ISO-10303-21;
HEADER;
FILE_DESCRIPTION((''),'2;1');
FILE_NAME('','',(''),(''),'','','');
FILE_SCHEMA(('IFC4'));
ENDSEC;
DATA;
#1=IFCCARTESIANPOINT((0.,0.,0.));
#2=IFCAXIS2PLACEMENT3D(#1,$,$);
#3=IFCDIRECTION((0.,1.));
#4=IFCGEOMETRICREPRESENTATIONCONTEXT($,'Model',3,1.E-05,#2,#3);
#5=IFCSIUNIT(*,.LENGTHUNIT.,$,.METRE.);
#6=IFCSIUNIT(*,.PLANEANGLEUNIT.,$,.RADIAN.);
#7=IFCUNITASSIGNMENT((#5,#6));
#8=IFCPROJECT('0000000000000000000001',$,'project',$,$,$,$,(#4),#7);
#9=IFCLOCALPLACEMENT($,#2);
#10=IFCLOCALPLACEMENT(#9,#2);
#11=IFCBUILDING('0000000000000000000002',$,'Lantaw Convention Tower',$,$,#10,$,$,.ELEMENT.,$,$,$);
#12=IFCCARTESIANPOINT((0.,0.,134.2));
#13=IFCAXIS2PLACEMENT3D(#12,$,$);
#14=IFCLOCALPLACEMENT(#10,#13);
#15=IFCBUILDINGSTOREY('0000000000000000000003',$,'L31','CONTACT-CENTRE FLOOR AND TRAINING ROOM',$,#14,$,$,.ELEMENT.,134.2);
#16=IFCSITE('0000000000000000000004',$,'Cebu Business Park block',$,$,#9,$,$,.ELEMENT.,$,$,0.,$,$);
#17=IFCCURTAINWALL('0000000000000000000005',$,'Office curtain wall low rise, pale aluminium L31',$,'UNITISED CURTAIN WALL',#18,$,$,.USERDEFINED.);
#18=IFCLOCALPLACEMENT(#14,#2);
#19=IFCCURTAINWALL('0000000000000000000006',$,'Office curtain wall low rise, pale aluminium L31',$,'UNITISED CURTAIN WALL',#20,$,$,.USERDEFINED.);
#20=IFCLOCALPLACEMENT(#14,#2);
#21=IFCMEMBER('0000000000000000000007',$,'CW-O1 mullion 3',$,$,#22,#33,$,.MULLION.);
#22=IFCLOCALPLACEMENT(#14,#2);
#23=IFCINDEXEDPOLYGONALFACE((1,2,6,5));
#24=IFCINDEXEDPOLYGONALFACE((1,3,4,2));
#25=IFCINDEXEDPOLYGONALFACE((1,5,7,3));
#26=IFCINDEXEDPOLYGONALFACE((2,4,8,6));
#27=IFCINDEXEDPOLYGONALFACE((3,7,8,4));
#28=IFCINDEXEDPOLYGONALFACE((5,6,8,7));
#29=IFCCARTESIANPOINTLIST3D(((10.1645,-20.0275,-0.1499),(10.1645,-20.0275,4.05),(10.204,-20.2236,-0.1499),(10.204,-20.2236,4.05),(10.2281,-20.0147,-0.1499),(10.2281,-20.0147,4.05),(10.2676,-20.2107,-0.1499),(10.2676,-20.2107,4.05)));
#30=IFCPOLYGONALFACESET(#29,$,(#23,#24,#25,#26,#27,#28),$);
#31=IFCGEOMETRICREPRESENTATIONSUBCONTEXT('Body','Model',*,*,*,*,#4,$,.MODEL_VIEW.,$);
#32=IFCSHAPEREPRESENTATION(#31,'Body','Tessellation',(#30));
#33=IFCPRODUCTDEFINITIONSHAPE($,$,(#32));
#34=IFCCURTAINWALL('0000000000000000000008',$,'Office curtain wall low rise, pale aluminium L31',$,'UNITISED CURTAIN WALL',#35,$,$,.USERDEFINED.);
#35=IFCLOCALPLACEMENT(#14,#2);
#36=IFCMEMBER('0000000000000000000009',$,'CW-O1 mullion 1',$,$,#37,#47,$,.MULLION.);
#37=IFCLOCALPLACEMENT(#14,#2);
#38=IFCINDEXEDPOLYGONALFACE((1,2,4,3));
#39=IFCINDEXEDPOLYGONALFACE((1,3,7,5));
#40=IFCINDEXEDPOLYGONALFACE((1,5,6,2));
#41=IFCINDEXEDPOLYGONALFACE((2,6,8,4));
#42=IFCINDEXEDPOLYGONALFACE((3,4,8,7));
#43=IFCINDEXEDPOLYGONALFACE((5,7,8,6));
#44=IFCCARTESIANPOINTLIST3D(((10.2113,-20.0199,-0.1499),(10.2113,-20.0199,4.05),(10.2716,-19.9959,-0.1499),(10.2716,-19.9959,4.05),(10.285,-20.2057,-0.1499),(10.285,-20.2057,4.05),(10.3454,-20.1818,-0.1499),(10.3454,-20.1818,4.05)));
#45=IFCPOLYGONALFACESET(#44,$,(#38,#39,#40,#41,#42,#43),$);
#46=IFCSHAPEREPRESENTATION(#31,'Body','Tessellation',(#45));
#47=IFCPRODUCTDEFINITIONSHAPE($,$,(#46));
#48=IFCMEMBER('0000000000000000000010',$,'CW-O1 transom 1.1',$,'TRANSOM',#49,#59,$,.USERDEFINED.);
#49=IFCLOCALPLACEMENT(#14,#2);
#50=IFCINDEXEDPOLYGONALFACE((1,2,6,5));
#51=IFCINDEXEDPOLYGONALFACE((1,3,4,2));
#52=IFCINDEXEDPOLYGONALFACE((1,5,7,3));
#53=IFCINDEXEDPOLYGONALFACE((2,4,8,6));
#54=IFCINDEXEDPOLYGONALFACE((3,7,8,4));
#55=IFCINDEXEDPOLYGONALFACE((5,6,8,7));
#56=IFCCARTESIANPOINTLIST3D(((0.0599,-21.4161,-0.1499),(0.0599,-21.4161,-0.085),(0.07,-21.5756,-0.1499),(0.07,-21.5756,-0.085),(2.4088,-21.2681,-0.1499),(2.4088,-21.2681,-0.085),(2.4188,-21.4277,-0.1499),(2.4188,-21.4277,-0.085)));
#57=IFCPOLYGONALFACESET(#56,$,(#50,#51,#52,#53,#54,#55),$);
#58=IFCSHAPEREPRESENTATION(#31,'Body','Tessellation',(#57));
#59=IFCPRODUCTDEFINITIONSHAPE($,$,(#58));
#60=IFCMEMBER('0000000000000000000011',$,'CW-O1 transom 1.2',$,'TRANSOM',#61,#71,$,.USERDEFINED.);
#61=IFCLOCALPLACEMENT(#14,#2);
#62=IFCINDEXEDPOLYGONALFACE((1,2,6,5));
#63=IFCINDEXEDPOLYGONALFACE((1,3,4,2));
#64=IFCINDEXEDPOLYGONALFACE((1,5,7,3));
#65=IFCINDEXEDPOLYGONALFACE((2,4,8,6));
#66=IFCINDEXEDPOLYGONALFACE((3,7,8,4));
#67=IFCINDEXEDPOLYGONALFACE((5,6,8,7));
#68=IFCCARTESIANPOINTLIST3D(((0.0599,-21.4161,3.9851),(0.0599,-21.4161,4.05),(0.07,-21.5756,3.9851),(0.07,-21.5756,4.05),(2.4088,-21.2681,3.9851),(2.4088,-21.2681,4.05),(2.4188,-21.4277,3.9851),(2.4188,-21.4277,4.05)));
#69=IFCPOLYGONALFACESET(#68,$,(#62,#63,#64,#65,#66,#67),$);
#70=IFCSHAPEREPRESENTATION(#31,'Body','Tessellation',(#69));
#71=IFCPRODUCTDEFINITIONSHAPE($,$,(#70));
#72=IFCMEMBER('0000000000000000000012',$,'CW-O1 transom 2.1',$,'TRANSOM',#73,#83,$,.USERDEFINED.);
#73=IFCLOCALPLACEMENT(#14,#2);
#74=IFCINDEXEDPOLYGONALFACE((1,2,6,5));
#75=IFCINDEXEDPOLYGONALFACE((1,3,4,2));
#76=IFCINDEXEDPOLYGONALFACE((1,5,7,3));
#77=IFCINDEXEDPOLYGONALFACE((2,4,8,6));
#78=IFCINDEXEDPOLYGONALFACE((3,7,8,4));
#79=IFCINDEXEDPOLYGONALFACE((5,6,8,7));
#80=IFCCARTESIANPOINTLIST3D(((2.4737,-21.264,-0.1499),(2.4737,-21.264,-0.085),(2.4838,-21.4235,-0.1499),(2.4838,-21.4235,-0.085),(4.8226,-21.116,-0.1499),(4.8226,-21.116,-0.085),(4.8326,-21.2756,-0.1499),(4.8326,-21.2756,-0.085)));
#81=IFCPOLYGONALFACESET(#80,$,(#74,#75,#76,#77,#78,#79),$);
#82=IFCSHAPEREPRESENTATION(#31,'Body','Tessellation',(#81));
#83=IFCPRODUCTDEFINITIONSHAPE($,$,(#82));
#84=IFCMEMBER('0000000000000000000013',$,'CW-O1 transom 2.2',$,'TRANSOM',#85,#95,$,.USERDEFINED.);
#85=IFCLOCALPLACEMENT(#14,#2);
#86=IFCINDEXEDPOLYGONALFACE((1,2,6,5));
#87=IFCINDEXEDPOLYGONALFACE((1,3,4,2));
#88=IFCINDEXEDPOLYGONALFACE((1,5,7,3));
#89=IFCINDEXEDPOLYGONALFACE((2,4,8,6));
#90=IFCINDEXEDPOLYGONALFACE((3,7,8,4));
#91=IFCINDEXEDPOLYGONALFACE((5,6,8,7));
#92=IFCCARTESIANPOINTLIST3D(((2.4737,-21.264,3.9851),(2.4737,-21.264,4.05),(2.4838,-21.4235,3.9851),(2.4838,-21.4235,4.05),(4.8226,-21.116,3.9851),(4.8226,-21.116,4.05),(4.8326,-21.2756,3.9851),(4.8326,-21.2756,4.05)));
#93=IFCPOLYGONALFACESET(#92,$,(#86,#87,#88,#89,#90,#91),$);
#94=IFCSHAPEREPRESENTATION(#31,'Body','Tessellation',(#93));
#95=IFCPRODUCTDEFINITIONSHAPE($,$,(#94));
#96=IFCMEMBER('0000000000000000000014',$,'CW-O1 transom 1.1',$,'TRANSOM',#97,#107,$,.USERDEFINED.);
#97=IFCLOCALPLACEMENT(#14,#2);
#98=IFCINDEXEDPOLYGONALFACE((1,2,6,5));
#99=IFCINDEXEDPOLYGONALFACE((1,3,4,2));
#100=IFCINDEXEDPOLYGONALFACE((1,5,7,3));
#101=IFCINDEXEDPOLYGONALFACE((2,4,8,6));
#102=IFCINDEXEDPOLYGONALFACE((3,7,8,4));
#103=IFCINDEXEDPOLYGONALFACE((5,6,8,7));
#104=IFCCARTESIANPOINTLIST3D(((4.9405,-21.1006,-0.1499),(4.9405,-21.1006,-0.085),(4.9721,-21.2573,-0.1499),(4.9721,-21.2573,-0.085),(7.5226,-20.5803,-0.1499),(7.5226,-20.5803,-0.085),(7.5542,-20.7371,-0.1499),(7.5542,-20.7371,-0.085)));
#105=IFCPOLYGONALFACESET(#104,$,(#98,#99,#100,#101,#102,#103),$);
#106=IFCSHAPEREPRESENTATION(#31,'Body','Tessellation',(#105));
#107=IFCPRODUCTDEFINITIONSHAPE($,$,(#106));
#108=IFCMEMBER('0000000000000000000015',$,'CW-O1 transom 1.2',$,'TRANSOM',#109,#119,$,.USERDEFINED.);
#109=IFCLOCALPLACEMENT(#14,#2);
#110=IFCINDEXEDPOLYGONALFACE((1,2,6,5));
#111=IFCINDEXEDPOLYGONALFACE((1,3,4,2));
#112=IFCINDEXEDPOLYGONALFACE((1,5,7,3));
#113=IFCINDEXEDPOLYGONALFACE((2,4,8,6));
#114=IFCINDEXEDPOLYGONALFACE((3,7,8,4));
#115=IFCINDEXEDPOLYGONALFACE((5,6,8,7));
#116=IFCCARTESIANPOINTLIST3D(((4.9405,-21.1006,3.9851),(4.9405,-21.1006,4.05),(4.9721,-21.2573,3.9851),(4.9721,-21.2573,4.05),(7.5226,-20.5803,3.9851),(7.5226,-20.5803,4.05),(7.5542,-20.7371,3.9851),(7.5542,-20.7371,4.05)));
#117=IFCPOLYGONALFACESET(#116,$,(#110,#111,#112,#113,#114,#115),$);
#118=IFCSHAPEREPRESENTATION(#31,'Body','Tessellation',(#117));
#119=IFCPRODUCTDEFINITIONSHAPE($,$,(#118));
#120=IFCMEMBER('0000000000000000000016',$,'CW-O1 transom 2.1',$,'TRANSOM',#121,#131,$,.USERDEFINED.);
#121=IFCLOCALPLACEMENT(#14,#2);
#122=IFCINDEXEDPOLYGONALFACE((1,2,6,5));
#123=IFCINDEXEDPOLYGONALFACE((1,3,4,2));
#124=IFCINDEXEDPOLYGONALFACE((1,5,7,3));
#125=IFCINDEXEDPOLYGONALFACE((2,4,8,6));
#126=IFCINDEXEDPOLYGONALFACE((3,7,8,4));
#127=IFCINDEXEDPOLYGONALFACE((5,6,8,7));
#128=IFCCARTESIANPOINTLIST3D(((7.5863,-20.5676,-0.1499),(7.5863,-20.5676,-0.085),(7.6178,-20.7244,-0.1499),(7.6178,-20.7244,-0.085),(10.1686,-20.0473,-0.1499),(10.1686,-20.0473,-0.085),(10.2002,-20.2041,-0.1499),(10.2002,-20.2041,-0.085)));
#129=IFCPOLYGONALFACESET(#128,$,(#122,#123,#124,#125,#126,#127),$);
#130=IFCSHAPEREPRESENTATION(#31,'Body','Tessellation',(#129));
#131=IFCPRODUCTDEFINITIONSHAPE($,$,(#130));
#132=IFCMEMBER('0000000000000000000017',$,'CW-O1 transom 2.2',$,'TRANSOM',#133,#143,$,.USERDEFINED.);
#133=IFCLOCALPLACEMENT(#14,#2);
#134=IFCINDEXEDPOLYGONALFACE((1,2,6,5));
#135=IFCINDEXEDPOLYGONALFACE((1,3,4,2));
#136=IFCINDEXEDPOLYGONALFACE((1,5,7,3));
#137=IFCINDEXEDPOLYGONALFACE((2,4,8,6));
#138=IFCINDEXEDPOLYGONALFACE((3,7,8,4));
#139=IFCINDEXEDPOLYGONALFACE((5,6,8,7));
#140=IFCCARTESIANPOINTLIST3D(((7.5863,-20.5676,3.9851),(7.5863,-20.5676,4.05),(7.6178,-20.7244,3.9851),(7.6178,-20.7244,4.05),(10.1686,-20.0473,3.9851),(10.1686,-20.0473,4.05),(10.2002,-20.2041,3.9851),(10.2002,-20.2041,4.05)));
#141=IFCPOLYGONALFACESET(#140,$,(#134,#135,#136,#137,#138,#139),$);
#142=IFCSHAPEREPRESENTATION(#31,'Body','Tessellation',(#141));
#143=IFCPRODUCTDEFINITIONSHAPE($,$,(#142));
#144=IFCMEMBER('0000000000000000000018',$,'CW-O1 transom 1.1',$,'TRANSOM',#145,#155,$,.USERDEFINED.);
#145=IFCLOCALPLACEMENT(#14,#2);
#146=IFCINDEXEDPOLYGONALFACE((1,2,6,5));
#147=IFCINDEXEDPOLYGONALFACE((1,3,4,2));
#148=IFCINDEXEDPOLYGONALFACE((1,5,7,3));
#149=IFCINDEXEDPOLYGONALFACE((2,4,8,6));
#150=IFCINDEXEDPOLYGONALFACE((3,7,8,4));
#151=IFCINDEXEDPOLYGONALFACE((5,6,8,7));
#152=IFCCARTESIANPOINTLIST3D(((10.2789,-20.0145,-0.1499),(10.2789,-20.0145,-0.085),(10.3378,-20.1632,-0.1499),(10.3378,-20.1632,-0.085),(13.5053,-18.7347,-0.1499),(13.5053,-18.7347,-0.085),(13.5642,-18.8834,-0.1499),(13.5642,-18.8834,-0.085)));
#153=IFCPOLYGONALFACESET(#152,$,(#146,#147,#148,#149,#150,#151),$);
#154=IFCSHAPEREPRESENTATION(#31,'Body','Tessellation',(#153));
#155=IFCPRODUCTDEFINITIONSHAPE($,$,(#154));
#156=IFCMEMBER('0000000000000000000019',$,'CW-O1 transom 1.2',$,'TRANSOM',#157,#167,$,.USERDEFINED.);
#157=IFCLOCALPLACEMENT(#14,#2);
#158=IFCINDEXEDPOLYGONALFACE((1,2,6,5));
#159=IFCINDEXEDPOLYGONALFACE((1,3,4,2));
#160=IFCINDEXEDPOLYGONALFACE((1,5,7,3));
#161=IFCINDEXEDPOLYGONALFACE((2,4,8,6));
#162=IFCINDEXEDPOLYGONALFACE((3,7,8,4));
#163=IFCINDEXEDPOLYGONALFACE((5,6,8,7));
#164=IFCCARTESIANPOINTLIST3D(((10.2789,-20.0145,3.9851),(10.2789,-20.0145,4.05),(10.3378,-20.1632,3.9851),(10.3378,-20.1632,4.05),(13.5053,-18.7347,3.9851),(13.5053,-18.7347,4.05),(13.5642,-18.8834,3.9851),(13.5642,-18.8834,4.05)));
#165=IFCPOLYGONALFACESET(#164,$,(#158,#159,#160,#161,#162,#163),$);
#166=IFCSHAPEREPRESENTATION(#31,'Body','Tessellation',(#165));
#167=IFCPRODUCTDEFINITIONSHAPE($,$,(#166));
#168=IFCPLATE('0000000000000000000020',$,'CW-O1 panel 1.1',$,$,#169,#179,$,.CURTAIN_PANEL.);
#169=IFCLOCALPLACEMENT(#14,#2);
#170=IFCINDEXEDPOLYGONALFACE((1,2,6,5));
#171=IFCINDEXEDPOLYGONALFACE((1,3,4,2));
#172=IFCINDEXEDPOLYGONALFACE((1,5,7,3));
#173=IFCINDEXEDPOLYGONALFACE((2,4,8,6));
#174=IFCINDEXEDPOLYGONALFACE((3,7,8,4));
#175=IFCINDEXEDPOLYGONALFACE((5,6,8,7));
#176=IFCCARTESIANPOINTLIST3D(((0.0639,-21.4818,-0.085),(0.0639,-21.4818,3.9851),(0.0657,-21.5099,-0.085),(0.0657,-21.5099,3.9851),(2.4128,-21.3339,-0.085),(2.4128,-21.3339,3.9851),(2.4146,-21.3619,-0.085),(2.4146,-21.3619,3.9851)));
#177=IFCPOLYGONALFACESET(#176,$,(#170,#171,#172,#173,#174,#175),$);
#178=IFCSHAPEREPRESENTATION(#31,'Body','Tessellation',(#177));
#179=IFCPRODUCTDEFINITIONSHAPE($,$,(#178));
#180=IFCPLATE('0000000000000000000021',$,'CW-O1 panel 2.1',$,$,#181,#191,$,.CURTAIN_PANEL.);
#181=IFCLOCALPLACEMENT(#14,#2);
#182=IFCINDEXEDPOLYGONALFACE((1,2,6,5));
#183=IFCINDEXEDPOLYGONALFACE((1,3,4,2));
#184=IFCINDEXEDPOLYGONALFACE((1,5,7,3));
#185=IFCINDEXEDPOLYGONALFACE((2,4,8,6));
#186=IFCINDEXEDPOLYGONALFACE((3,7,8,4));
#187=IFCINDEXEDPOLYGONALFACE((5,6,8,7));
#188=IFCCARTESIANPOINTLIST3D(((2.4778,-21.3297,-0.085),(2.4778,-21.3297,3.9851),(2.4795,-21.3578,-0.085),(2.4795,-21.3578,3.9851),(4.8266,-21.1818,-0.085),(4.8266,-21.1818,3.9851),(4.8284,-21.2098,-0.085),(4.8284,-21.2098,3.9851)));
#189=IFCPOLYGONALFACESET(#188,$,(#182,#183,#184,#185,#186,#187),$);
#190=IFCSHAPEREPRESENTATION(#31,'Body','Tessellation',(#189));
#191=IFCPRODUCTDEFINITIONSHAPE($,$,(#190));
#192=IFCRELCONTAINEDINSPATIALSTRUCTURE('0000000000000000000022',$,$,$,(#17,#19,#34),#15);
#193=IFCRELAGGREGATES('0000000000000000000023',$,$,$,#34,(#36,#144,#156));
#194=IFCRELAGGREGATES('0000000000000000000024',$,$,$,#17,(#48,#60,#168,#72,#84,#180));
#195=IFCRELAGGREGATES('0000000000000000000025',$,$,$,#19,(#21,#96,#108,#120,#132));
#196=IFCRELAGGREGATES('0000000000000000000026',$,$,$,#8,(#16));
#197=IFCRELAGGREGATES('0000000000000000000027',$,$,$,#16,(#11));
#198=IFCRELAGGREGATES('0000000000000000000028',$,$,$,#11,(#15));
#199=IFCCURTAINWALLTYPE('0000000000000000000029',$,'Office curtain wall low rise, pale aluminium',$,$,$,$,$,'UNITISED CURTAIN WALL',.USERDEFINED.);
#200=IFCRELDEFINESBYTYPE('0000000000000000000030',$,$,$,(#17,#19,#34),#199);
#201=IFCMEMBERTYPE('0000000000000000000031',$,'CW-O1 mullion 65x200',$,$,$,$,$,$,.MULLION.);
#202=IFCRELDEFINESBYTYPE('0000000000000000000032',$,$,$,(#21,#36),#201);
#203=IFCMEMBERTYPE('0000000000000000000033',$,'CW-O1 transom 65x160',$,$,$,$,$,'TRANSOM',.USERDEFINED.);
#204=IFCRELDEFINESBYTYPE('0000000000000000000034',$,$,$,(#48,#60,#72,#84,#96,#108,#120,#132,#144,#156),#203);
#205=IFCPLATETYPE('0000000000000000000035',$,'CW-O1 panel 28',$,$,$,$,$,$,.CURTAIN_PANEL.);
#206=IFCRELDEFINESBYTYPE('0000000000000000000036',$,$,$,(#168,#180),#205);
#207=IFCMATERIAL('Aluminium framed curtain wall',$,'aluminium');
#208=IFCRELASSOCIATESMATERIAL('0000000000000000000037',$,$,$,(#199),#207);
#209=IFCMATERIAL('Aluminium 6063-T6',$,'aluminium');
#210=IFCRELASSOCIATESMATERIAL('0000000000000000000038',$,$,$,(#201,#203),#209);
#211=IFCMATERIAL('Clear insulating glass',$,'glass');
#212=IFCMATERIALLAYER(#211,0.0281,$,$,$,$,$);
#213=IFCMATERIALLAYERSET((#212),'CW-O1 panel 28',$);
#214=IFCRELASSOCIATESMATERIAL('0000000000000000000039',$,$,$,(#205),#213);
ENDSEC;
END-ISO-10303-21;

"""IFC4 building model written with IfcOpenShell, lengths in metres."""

from ifc_helpers import new_model, si_unit, direction, frame, origin, origin_2d, place, context, subcontext, project, spatial, rectangle, extrude, material, layer, layer_set, material_profile, profile_set, type_object, element, aggregate, save


model = new_model("IFC4")

# Units and contexts
model_context = context("Model", 3, precision=1e-05, world=origin(), true_north=direction((0.0, 1.0)))
body_context = subcontext(model_context, "Body", "Model", "MODEL_VIEW")
ifc_project = project(units=[si_unit("LENGTHUNIT", "METRE"), si_unit("PLANEANGLEUNIT", "RADIAN")], contexts=[model_context])

# Site, building, storey
site_placement = place(None, origin())
site = spatial("IfcSite", under=ifc_project, at=site_placement, Name="Cebu Business Park block", CompositionType="ELEMENT", RefElevation=0.0)
building_placement = place(site_placement, origin())
building = spatial("IfcBuilding", under=site, at=building_placement, Name="Lantaw Convention Tower", CompositionType="ELEMENT")
storey_placement = place(building_placement, frame((0.0, 0.0, 134.2)))
storey = spatial("IfcBuildingStorey", under=building, at=storey_placement, Name="L31", Description="CONTACT-CENTRE FLOOR AND TRAINING ROOM", CompositionType="ELEMENT", Elevation=134.2)

# Curtain walls, member
ifc_material_1 = material(Name="Aluminium framed curtain wall", Category="aluminium")
curtain_wall_type = type_object("IfcCurtainWallType", Name="Office curtain wall low rise, pale aluminium", ElementType="UNITISED CURTAIN WALL", PredefinedType="USERDEFINED", material=ifc_material_1)
curtain_wall_1_placement = place(storey_placement, origin())
curtain_wall_1 = element("IfcCurtainWall", 1, at=curtain_wall_1_placement, inside=storey, type_object=curtain_wall_type, Name="Office curtain wall low rise, pale aluminium L31", ObjectType="UNITISED CURTAIN WALL", PredefinedType="USERDEFINED")
ifc_material_2 = material(Name="Aluminium 6063-T6", Category="aluminium")
ifc_material_profile_1 = material_profile(ifc_material_2, rectangle(XDim=0.2, YDim=0.0649, at=origin_2d()), Name="CW-O1 mullion 65x200")
ifc_profile_set_1 = profile_set([ifc_material_profile_1], Name="Aluminium 6063-T6")
member_type_1 = type_object("IfcMemberType", Name="CW-O1 mullion 65x200", PredefinedType="MULLION", material=ifc_profile_set_1)
curtain_wall_2_placement = place(storey_placement, origin())
curtain_wall_2 = element("IfcCurtainWall", 2, at=curtain_wall_2_placement, inside=storey, type_object=curtain_wall_type, Name="Office curtain wall low rise, pale aluminium L31", ObjectType="UNITISED CURTAIN WALL", PredefinedType="USERDEFINED")
member_1_placement = place(storey_placement, frame((10.2161, -20.1191, -0.1499), z_axis=(0.0, 0.0, 1.0), x_axis=(-0.197507, 0.980302, 0.0)))
member_1 = element("IfcMember", 3, at=member_1_placement, type_object=member_type_1, Name="CW-O1 mullion 3", PredefinedType="MULLION", context=body_context, shape_type="SweptSolid", body=[
    extrude(rectangle(XDim=0.2, YDim=0.0649, at=origin_2d()), origin(), (0.0, 0.0, 1.0), 4.2),
])

# Curtain wall, member
curtain_wall_3_placement = place(storey_placement, origin())
curtain_wall_3 = element("IfcCurtainWall", 4, at=curtain_wall_3_placement, inside=storey, type_object=curtain_wall_type, Name="Office curtain wall low rise, pale aluminium L31", ObjectType="UNITISED CURTAIN WALL", PredefinedType="USERDEFINED")
member_2_placement = place(storey_placement, frame((10.2783, -20.1008, -0.1499), z_axis=(0.0, 0.0, 1.0), x_axis=(-0.368702, 0.929548, 0.0)))
member_2 = element("IfcMember", 5, at=member_2_placement, type_object=member_type_1, Name="CW-O1 mullion 1", PredefinedType="MULLION", context=body_context, shape_type="SweptSolid", body=[
    extrude(rectangle(XDim=0.2, YDim=0.0649, at=origin_2d()), origin(), (0.0, 0.0, 1.0), 4.2),
])

# Members
ifc_material_profile_2 = material_profile(ifc_material_2, rectangle(XDim=0.1599, YDim=0.0649, at=origin_2d()), Name="CW-O1 transom 65x160")
ifc_profile_set_2 = profile_set([ifc_material_profile_2], Name="Aluminium 6063-T6")
member_type_2 = type_object("IfcMemberType", Name="CW-O1 transom 65x160", ElementType="TRANSOM", PredefinedType="USERDEFINED", material=ifc_profile_set_2)
member_3_placement = place(storey_placement, frame((0.0649, -21.4958, -0.1174), z_axis=(0.998022, 0.062863, 0.0), x_axis=(-0.062863, 0.998022, 0.0)))
member_3 = element("IfcMember", 6, at=member_3_placement, type_object=member_type_2, Name="CW-O1 transom 1.1", ObjectType="TRANSOM", PredefinedType="USERDEFINED", context=body_context, shape_type="SweptSolid", body=[
    extrude(rectangle(XDim=0.1599, YDim=0.0649, at=origin_2d()), origin(), (0.0, 0.0, 1.0), 2.3535),
])
member_4_placement = place(storey_placement, frame((0.0649, -21.4958, 4.0176), z_axis=(0.998022, 0.062863, 0.0), x_axis=(-0.062863, 0.998022, 0.0)))
member_4 = element("IfcMember", 7, at=member_4_placement, type_object=member_type_2, Name="CW-O1 transom 1.2", ObjectType="TRANSOM", PredefinedType="USERDEFINED", context=body_context, shape_type="SweptSolid", body=[
    extrude(rectangle(XDim=0.1599, YDim=0.0649, at=origin_2d()), origin(), (0.0, 0.0, 1.0), 2.3535),
])
member_5_placement = place(storey_placement, frame((2.4788, -21.3438, -0.1174), z_axis=(0.998022, 0.062863, 0.0), x_axis=(-0.062863, 0.998022, 0.0)))
member_5 = element("IfcMember", 8, at=member_5_placement, type_object=member_type_2, Name="CW-O1 transom 2.1", ObjectType="TRANSOM", PredefinedType="USERDEFINED", context=body_context, shape_type="SweptSolid", body=[
    extrude(rectangle(XDim=0.1599, YDim=0.0649, at=origin_2d()), origin(), (0.0, 0.0, 1.0), 2.3535),
])
member_6_placement = place(storey_placement, frame((2.4788, -21.3438, 4.0176), z_axis=(0.998022, 0.062863, 0.0), x_axis=(-0.062863, 0.998022, 0.0)))
member_6 = element("IfcMember", 9, at=member_6_placement, type_object=member_type_2, Name="CW-O1 transom 2.2", ObjectType="TRANSOM", PredefinedType="USERDEFINED", context=body_context, shape_type="SweptSolid", body=[
    extrude(rectangle(XDim=0.1599, YDim=0.0649, at=origin_2d()), origin(), (0.0, 0.0, 1.0), 2.3535),
])
member_7_placement = place(storey_placement, frame((4.9563, -21.179, -0.1174), z_axis=(0.980298, 0.197524, 0.0), x_axis=(-0.197524, 0.980298, 0.0)))
member_7 = element("IfcMember", 10, at=member_7_placement, type_object=member_type_2, Name="CW-O1 transom 1.1", ObjectType="TRANSOM", PredefinedType="USERDEFINED", context=body_context, shape_type="SweptSolid", body=[
    extrude(rectangle(XDim=0.1599, YDim=0.0649, at=origin_2d()), origin(), (0.0, 0.0, 1.0), 2.634),
])
member_8_placement = place(storey_placement, frame((4.9563, -21.179, 4.0176), z_axis=(0.980298, 0.197524, 0.0), x_axis=(-0.197524, 0.980298, 0.0)))
member_8 = element("IfcMember", 11, at=member_8_placement, type_object=member_type_2, Name="CW-O1 transom 1.2", ObjectType="TRANSOM", PredefinedType="USERDEFINED", context=body_context, shape_type="SweptSolid", body=[
    extrude(rectangle(XDim=0.1599, YDim=0.0649, at=origin_2d()), origin(), (0.0, 0.0, 1.0), 2.634),
])
member_9_placement = place(storey_placement, frame((7.6021, -20.646, -0.1174), z_axis=(0.980302, 0.197506, 0.0), x_axis=(-0.197506, 0.980302, 0.0)))
member_9 = element("IfcMember", 12, at=member_9_placement, type_object=member_type_2, Name="CW-O1 transom 2.1", ObjectType="TRANSOM", PredefinedType="USERDEFINED", context=body_context, shape_type="SweptSolid", body=[
    extrude(rectangle(XDim=0.1599, YDim=0.0649, at=origin_2d()), origin(), (0.0, 0.0, 1.0), 2.6343),
])
member_10_placement = place(storey_placement, frame((7.6021, -20.646, 4.0176), z_axis=(0.980302, 0.197506, 0.0), x_axis=(-0.197506, 0.980302, 0.0)))
member_10 = element("IfcMember", 13, at=member_10_placement, type_object=member_type_2, Name="CW-O1 transom 2.2", ObjectType="TRANSOM", PredefinedType="USERDEFINED", context=body_context, shape_type="SweptSolid", body=[
    extrude(rectangle(XDim=0.1599, YDim=0.0649, at=origin_2d()), origin(), (0.0, 0.0, 1.0), 2.6343),
])
member_11_placement = place(storey_placement, frame((10.3083, -20.0889, -0.1174), z_axis=(0.92954, 0.368721, 0.0), x_axis=(-0.368721, 0.92954, 0.0)))
member_11 = element("IfcMember", 14, at=member_11_placement, type_object=member_type_2, Name="CW-O1 transom 1.1", ObjectType="TRANSOM", PredefinedType="USERDEFINED", context=body_context, shape_type="SweptSolid", body=[
    extrude(rectangle(XDim=0.1599, YDim=0.0649, at=origin_2d()), origin(), (0.0, 0.0, 1.0), 3.4709),
])
member_12_placement = place(storey_placement, frame((10.3083, -20.0889, 4.0176), z_axis=(0.92954, 0.368721, 0.0), x_axis=(-0.368721, 0.92954, 0.0)))
member_12 = element("IfcMember", 15, at=member_12_placement, type_object=member_type_2, Name="CW-O1 transom 1.2", ObjectType="TRANSOM", PredefinedType="USERDEFINED", context=body_context, shape_type="SweptSolid", body=[
    extrude(rectangle(XDim=0.1599, YDim=0.0649, at=origin_2d()), origin(), (0.0, 0.0, 1.0), 3.4709),
])
aggregate(curtain_wall_3, [member_2, member_11, member_12])

# Plates
ifc_material_3 = material(Name="Clear insulating glass", Category="glass")
ifc_layer_1 = layer(ifc_material_3, 0.0281)
ifc_layer_set_1 = layer_set([ifc_layer_1], Name="CW-O1 panel 28")
plate_type_1 = type_object("IfcPlateType", Name="CW-O1 panel 28", PredefinedType="CURTAIN_PANEL", material=ifc_layer_set_1)
plate_1_placement = place(storey_placement, frame((1.2393, -21.4219, -0.085), z_axis=(0.0, 0.0, 1.0), x_axis=(0.998022, 0.062865, 0.0)))
plate_1 = element("IfcPlate", 16, at=plate_1_placement, type_object=plate_type_1, Name="CW-O1 panel 1.1", PredefinedType="CURTAIN_PANEL", context=body_context, shape_type="SweptSolid", body=[
    extrude(rectangle(XDim=2.3535, YDim=0.0281, at=origin_2d()), origin(), (0.0, 0.0, 1.0), 4.0701),
])
plate_2_placement = place(storey_placement, frame((3.6531, -21.2698, -0.085), z_axis=(0.0, 0.0, 1.0), x_axis=(0.998022, 0.062865, 0.0)))
plate_2 = element("IfcPlate", 17, at=plate_2_placement, type_object=plate_type_1, Name="CW-O1 panel 2.1", PredefinedType="CURTAIN_PANEL", context=body_context, shape_type="SweptSolid", body=[
    extrude(rectangle(XDim=2.3535, YDim=0.0281, at=origin_2d()), origin(), (0.0, 0.0, 1.0), 4.0701),
])
aggregate(curtain_wall_1, [member_3, member_4, plate_1, member_5, member_6, plate_2])
aggregate(curtain_wall_2, [member_1, member_7, member_8, member_9, member_10])

save(model, "model.ifc")
